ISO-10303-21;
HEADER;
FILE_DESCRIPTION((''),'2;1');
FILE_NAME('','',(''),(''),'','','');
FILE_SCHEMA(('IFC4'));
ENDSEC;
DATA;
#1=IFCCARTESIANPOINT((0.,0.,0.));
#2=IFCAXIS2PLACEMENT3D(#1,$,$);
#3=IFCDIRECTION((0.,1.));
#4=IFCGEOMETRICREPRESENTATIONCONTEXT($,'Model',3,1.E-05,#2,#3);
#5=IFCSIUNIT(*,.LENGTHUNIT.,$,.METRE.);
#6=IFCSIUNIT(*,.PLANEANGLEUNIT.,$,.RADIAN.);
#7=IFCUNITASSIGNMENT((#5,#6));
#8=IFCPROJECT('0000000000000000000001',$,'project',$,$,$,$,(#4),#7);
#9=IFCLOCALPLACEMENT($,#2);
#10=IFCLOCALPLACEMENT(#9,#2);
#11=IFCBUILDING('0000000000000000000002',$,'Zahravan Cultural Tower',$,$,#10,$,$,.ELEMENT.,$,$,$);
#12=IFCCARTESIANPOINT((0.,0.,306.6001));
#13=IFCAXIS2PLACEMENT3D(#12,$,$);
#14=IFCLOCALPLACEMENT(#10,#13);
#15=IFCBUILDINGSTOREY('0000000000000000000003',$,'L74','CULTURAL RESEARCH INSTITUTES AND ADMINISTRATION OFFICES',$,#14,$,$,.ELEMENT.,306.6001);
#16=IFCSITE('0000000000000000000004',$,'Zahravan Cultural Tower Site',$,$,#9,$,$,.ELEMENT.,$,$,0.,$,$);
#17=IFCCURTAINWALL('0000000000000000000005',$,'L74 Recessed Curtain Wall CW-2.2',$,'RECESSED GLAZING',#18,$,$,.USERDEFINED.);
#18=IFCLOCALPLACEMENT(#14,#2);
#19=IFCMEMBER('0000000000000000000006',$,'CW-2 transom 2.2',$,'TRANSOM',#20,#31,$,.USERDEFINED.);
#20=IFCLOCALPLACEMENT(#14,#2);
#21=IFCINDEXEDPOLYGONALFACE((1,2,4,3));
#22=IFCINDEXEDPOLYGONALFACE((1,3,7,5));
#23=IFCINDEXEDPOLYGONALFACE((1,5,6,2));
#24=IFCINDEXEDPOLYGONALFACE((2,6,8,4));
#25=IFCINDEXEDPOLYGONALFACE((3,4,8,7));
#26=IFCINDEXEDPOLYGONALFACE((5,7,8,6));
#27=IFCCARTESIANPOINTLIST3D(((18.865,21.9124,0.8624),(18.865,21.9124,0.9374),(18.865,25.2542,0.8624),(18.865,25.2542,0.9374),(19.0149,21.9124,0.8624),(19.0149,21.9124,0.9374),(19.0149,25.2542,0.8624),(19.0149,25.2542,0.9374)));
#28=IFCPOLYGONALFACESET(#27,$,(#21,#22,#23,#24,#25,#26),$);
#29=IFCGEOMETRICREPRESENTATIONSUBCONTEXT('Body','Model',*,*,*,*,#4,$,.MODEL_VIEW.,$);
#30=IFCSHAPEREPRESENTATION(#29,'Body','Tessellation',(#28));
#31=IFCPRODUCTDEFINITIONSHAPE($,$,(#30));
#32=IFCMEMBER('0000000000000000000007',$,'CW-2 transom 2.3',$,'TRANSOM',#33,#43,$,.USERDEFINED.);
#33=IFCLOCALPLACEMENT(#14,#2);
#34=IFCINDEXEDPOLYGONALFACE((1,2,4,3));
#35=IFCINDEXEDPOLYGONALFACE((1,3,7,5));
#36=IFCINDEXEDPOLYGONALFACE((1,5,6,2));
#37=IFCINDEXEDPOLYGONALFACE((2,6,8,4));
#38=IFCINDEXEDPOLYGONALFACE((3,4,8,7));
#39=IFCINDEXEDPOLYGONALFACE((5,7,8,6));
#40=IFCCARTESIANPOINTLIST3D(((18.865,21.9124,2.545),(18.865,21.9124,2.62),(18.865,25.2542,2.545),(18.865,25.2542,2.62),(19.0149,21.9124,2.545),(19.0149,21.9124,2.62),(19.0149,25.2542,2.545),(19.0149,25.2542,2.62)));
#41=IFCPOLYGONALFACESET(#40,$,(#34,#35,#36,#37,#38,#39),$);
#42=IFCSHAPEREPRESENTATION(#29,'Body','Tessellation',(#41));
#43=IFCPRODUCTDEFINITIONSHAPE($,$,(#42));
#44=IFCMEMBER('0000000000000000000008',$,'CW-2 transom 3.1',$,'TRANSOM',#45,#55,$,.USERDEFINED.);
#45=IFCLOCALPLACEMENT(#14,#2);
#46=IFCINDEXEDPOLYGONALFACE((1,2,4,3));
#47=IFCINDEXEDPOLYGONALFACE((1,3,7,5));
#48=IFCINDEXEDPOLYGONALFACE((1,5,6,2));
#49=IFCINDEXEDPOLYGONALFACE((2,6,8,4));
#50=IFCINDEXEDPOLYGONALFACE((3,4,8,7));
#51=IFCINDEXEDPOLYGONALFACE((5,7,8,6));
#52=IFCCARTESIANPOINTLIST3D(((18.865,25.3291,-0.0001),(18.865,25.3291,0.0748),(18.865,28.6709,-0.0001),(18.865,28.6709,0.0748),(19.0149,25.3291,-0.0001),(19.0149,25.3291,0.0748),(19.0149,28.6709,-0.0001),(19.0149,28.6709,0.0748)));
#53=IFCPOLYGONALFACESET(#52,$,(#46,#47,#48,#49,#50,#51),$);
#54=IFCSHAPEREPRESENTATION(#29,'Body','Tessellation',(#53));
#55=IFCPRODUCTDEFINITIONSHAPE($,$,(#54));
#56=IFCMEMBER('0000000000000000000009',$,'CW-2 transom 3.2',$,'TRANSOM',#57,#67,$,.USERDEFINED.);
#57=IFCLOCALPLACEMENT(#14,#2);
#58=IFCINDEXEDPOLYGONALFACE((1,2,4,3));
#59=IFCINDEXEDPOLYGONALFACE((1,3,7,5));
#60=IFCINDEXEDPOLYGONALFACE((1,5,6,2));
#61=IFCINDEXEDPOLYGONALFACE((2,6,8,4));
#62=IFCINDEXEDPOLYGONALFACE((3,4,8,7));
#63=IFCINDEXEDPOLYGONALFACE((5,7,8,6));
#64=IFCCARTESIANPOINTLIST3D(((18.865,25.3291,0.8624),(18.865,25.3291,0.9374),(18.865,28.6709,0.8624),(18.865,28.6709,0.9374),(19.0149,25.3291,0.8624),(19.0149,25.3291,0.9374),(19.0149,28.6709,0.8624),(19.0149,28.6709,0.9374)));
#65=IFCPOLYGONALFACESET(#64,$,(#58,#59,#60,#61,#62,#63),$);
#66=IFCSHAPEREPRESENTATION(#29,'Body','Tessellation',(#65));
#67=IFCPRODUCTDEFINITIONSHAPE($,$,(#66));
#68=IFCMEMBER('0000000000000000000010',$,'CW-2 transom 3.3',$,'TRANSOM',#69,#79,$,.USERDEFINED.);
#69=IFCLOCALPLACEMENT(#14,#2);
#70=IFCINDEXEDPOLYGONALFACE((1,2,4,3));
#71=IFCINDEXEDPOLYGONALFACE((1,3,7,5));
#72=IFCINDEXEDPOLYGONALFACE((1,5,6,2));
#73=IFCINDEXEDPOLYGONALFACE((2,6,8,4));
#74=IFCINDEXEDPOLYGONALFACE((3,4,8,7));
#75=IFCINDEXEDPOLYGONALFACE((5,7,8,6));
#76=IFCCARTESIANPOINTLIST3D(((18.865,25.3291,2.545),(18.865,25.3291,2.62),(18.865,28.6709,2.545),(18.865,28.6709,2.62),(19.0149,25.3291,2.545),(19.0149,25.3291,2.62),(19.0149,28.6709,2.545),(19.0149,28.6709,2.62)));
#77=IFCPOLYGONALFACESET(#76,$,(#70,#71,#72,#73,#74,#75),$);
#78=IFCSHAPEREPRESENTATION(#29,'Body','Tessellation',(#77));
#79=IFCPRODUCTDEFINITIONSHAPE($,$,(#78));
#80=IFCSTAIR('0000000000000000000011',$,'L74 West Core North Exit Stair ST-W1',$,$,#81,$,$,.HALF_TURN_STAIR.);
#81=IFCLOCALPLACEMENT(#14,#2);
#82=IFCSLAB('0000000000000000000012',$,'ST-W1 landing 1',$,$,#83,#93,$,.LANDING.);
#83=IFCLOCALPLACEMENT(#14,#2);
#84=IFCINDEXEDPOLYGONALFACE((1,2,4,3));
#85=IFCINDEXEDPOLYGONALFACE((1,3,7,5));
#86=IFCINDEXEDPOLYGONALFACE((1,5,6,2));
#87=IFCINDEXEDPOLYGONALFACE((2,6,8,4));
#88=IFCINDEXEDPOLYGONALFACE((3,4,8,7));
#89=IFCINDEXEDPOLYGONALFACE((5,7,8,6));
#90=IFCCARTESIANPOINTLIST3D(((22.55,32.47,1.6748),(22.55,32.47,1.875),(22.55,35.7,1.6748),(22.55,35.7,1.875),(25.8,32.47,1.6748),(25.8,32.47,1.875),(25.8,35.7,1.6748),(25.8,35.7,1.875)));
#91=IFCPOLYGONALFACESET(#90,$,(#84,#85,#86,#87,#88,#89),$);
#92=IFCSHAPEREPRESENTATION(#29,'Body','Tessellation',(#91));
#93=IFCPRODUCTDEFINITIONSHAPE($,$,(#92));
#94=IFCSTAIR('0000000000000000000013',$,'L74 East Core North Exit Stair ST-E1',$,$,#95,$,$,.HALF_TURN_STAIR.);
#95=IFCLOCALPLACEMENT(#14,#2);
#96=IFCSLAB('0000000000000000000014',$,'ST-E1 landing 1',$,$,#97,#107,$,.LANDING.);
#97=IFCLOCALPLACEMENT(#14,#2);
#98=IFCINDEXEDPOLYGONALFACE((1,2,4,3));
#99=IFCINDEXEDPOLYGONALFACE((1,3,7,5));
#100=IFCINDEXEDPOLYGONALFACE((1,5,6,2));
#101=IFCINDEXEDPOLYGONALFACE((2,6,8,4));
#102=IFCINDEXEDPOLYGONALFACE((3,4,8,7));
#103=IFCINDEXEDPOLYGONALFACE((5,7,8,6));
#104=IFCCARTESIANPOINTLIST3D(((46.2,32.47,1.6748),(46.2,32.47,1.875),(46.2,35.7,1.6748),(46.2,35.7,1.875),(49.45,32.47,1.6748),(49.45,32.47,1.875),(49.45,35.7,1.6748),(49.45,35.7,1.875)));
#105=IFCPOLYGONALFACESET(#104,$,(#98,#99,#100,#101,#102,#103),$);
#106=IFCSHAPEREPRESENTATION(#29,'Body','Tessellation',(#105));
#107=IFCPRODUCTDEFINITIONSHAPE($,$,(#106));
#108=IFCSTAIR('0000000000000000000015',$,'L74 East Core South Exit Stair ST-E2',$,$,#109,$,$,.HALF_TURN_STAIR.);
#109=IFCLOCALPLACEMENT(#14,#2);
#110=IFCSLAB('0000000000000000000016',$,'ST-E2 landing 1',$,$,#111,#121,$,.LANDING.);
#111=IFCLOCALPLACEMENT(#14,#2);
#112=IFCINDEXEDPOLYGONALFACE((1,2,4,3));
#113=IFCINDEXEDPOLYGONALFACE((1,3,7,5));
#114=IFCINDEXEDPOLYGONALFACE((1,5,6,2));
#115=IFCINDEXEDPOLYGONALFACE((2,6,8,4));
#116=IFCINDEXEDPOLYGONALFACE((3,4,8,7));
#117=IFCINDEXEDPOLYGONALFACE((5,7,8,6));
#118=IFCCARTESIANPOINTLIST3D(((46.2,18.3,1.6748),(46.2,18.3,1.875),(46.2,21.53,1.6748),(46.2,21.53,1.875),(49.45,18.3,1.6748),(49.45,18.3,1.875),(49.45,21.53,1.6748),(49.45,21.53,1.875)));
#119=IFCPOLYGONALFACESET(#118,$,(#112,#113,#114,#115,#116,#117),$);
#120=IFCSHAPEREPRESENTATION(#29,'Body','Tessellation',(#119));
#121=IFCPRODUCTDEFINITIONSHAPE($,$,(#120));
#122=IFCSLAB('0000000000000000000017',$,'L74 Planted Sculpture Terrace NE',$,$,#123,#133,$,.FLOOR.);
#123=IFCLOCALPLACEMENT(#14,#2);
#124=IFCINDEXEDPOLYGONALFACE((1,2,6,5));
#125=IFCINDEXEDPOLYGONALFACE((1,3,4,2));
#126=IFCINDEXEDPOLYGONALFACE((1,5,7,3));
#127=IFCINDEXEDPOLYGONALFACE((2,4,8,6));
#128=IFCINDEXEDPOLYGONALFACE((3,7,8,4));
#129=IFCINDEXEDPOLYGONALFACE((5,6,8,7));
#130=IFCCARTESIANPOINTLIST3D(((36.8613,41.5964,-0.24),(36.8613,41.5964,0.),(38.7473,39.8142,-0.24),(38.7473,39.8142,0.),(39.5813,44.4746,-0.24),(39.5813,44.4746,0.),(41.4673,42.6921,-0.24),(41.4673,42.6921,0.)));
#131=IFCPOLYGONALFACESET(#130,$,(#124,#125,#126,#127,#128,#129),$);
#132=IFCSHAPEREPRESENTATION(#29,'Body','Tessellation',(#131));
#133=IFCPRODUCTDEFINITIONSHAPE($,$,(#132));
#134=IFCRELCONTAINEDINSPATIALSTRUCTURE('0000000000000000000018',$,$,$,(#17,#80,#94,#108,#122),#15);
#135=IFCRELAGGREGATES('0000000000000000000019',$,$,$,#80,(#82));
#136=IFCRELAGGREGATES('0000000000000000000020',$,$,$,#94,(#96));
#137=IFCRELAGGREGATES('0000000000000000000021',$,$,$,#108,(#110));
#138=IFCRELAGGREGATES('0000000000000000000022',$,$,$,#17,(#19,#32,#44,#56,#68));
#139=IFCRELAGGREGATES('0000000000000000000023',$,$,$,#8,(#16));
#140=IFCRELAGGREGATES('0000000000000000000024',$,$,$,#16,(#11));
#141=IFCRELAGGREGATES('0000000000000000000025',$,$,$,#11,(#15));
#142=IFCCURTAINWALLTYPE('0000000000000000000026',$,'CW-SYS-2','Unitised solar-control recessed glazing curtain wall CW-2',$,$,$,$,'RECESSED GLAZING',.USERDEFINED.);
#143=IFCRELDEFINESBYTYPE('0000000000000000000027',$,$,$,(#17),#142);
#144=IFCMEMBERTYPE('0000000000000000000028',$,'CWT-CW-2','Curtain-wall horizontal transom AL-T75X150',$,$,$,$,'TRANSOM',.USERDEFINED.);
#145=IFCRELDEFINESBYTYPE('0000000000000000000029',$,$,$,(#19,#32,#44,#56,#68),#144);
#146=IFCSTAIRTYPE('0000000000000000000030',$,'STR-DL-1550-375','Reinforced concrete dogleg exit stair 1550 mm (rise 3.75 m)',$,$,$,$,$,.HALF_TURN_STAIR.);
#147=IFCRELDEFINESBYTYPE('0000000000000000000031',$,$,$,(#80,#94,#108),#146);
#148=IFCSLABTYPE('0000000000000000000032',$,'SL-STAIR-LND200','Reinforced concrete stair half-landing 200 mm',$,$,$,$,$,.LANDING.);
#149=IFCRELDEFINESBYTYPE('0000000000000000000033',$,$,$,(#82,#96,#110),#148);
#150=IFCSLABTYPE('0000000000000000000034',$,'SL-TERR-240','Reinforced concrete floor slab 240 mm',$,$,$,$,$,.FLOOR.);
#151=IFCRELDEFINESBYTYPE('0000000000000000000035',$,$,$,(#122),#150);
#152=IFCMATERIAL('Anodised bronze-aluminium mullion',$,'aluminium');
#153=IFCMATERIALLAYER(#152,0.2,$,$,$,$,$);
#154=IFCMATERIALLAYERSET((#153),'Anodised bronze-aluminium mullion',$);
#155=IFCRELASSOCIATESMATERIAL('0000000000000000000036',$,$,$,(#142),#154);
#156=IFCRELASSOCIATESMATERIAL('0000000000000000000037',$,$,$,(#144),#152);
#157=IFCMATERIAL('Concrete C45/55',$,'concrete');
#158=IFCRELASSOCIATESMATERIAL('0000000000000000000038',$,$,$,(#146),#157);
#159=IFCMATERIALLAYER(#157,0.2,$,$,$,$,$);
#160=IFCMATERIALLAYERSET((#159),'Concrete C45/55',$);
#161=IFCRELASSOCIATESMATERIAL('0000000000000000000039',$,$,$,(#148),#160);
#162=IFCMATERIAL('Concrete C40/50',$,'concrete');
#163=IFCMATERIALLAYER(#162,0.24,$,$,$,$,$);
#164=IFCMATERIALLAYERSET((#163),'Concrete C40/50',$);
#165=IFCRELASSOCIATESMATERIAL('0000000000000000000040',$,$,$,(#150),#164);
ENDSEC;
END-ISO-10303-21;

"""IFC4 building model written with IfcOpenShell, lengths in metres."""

from ifc_helpers import new_model, si_unit, direction, frame, origin, origin_2d, place, context, subcontext, project, spatial, polyline, rectangle, outline, extrude, source, transform, mapped, material, layer, layer_set, material_profile, profile_set, type_object, element, aggregate, save


model = new_model("IFC4")

# Units and contexts
model_context = context("Model", 3, precision=1e-05, world=origin(), true_north=direction((0.0, 1.0)))
body_context = subcontext(model_context, "Body", "Model", "MODEL_VIEW")
ifc_project = project(units=[si_unit("LENGTHUNIT", "METRE"), si_unit("PLANEANGLEUNIT", "RADIAN")], contexts=[model_context])

# Site, building, storey
site_placement = place(None, origin())
site = spatial("IfcSite", under=ifc_project, at=site_placement, Name="Zahravan Cultural Tower Site", CompositionType="ELEMENT", RefElevation=0.0)
building_placement = place(site_placement, origin())
building = spatial("IfcBuilding", under=site, at=building_placement, Name="Zahravan Cultural Tower", CompositionType="ELEMENT")
storey_placement = place(building_placement, frame((0.0, 0.0, 306.6001)))
storey = spatial("IfcBuildingStorey", under=building, at=storey_placement, Name="L74", Description="CULTURAL RESEARCH INSTITUTES AND ADMINISTRATION OFFICES", CompositionType="ELEMENT", Elevation=306.6001)

# Curtain wall, members
ifc_material_1 = material(Name="Anodised bronze-aluminium mullion", Category="aluminium")
ifc_layer_1 = layer(ifc_material_1, 0.2)
ifc_layer_set_1 = layer_set([ifc_layer_1], Name="Anodised bronze-aluminium mullion")
curtain_wall_type = type_object("IfcCurtainWallType", Name="CW-SYS-2", Description="Unitised solar-control recessed glazing curtain wall CW-2", ElementType="RECESSED GLAZING", PredefinedType="USERDEFINED", material=ifc_layer_set_1)
curtain_wall_placement = place(storey_placement, origin())
curtain_wall = element("IfcCurtainWall", 1, at=curtain_wall_placement, inside=storey, type_object=curtain_wall_type, Name="L74 Recessed Curtain Wall CW-2.2", ObjectType="RECESSED GLAZING", PredefinedType="USERDEFINED")
ifc_material_profile_1 = material_profile(ifc_material_1, rectangle(XDim=0.1499, YDim=0.075, at=origin_2d()), Name="AL-T75X150")
ifc_profile_set_1 = profile_set([ifc_material_profile_1], Name="Anodised bronze-aluminium mullion")
member_type_1 = type_object("IfcMemberType", Name="CWT-CW-2", Description="Curtain-wall horizontal transom AL-T75X150", ElementType="TRANSOM", PredefinedType="USERDEFINED", material=ifc_profile_set_1)
shared_shape_1 = source(origin(), body_context, "Body", "SweptSolid", [
    extrude(rectangle(XDim=0.1499, YDim=0.075, at=origin_2d()), origin(), (0.0, 0.0, 1.0), 3.3418),
])
member_1_placement = place(storey_placement, frame((18.9399, 21.9124, 0.8999), z_axis=(0.0, 1.0, 0.0), x_axis=(-1.0, 0.0, 0.0)))
member_1 = element("IfcMember", 2, at=member_1_placement, type_object=member_type_1, Name="CW-2 transom 2.2", ObjectType="TRANSOM", PredefinedType="USERDEFINED", context=body_context, shape_type="MappedRepresentation", body=[
    mapped(shared_shape_1, transform((0.0, 0.0, 0.0), x_axis=(1.0, 0.0, 0.0), y_axis=(0.0, 1.0, 0.0), z_axis=(0.0, 0.0, 1.0), scale=1.0)),
])
member_2_placement = place(storey_placement, frame((18.9399, 21.9124, 2.5825), z_axis=(0.0, 1.0, 0.0), x_axis=(-1.0, 0.0, 0.0)))
member_2 = element("IfcMember", 3, at=member_2_placement, type_object=member_type_1, Name="CW-2 transom 2.3", ObjectType="TRANSOM", PredefinedType="USERDEFINED", context=body_context, shape_type="MappedRepresentation", body=[
    mapped(shared_shape_1, transform((0.0, 0.0, 0.0), x_axis=(1.0, 0.0, 0.0), y_axis=(0.0, 1.0, 0.0), z_axis=(0.0, 0.0, 1.0), scale=1.0)),
])
member_3_placement = place(storey_placement, frame((18.9399, 25.3291, 0.0374), z_axis=(0.0, 1.0, 0.0), x_axis=(-1.0, 0.0, 0.0)))
member_3 = element("IfcMember", 4, at=member_3_placement, type_object=member_type_1, Name="CW-2 transom 3.1", ObjectType="TRANSOM", PredefinedType="USERDEFINED", context=body_context, shape_type="MappedRepresentation", body=[
    mapped(shared_shape_1, transform((0.0, 0.0, 0.0), x_axis=(1.0, 0.0, 0.0), y_axis=(0.0, 1.0, 0.0), z_axis=(0.0, 0.0, 1.0), scale=1.0)),
])
member_4_placement = place(storey_placement, frame((18.9399, 25.3291, 0.8999), z_axis=(0.0, 1.0, 0.0), x_axis=(-1.0, 0.0, 0.0)))
member_4 = element("IfcMember", 5, at=member_4_placement, type_object=member_type_1, Name="CW-2 transom 3.2", ObjectType="TRANSOM", PredefinedType="USERDEFINED", context=body_context, shape_type="MappedRepresentation", body=[
    mapped(shared_shape_1, transform((0.0, 0.0, 0.0), x_axis=(1.0, 0.0, 0.0), y_axis=(0.0, 1.0, 0.0), z_axis=(0.0, 0.0, 1.0), scale=1.0)),
])
member_5_placement = place(storey_placement, frame((18.9399, 25.3291, 2.5825), z_axis=(0.0, 1.0, 0.0), x_axis=(-1.0, 0.0, 0.0)))
member_5 = element("IfcMember", 6, at=member_5_placement, type_object=member_type_1, Name="CW-2 transom 3.3", ObjectType="TRANSOM", PredefinedType="USERDEFINED", context=body_context, shape_type="MappedRepresentation", body=[
    mapped(shared_shape_1, transform((0.0, 0.0, 0.0), x_axis=(1.0, 0.0, 0.0), y_axis=(0.0, 1.0, 0.0), z_axis=(0.0, 0.0, 1.0), scale=1.0)),
])

# Stairs, slabs
ifc_material_2 = material(Name="Concrete C45/55", Category="concrete")
stair_type = type_object("IfcStairType", Name="STR-DL-1550-375", Description="Reinforced concrete dogleg exit stair 1550 mm (rise 3.75 m)", PredefinedType="HALF_TURN_STAIR", material=ifc_material_2)
stair_1_placement = place(storey_placement, origin())
stair_1 = element("IfcStair", 7, at=stair_1_placement, inside=storey, type_object=stair_type, Name="L74 West Core North Exit Stair ST-W1", PredefinedType="HALF_TURN_STAIR")
ifc_layer_2 = layer(ifc_material_2, 0.2)
ifc_layer_set_2 = layer_set([ifc_layer_2], Name="Concrete C45/55")
slab_type_1 = type_object("IfcSlabType", Name="SL-STAIR-LND200", Description="Reinforced concrete stair half-landing 200 mm", PredefinedType="LANDING", material=ifc_layer_set_2)
slab_1_placement = place(storey_placement, frame((0.0, 0.0, 1.6748)))
slab_1 = element("IfcSlab", 8, at=slab_1_placement, type_object=slab_type_1, Name="ST-W1 landing 1", PredefinedType="LANDING", context=body_context, shape_type="SweptSolid", body=[
    extrude(outline(polyline([(25.8, 32.47), (25.8, 35.7), (22.55, 35.7), (22.55, 32.47), (25.8, 32.47)])), origin(), (0.0, 0.0, 1.0), 0.2002),
])
aggregate(stair_1, [slab_1])
stair_2_placement = place(storey_placement, origin())
stair_2 = element("IfcStair", 9, at=stair_2_placement, inside=storey, type_object=stair_type, Name="L74 East Core North Exit Stair ST-E1", PredefinedType="HALF_TURN_STAIR")
slab_2_placement = place(storey_placement, frame((0.0, 0.0, 1.6748)))
slab_2 = element("IfcSlab", 10, at=slab_2_placement, type_object=slab_type_1, Name="ST-E1 landing 1", PredefinedType="LANDING", context=body_context, shape_type="SweptSolid", body=[
    extrude(outline(polyline([(49.45, 32.47), (49.45, 35.7), (46.2, 35.7), (46.2, 32.47), (49.45, 32.47)])), origin(), (0.0, 0.0, 1.0), 0.2002),
])
aggregate(stair_2, [slab_2])
stair_3_placement = place(storey_placement, origin())
stair_3 = element("IfcStair", 11, at=stair_3_placement, inside=storey, type_object=stair_type, Name="L74 East Core South Exit Stair ST-E2", PredefinedType="HALF_TURN_STAIR")
slab_3_placement = place(storey_placement, frame((0.0, 0.0, 1.6748)))
slab_3 = element("IfcSlab", 12, at=slab_3_placement, type_object=slab_type_1, Name="ST-E2 landing 1", PredefinedType="LANDING", context=body_context, shape_type="SweptSolid", body=[
    extrude(outline(polyline([(46.2, 21.53), (46.2, 18.3), (49.45, 18.3), (49.45, 21.53), (46.2, 21.53)])), origin(), (0.0, 0.0, 1.0), 0.2002),
])
aggregate(stair_3, [slab_3])

# Slab
ifc_material_3 = material(Name="Concrete C40/50", Category="concrete")
ifc_layer_3 = layer(ifc_material_3, 0.24)
ifc_layer_set_3 = layer_set([ifc_layer_3], Name="Concrete C40/50")
slab_type_2 = type_object("IfcSlabType", Name="SL-TERR-240", Description="Reinforced concrete floor slab 240 mm", PredefinedType="FLOOR", material=ifc_layer_set_3)
slab_4_placement = place(storey_placement, frame((0.0, 0.0, -0.24)))
element("IfcSlab", 13, at=slab_4_placement, inside=storey, type_object=slab_type_2, Name="L74 Planted Sculpture Terrace NE", PredefinedType="FLOOR", context=body_context, shape_type="SweptSolid", body=[
    extrude(outline(polyline([(36.8613, 41.5964), (38.7473, 39.8142), (41.4673, 42.6921), (39.5813, 44.4746), (36.8613, 41.5964)])), origin(), (0.0, 0.0, 1.0), 0.24),
])

aggregate(curtain_wall, [member_1, member_2, member_3, member_4, member_5])

save(model, "model.ifc")
